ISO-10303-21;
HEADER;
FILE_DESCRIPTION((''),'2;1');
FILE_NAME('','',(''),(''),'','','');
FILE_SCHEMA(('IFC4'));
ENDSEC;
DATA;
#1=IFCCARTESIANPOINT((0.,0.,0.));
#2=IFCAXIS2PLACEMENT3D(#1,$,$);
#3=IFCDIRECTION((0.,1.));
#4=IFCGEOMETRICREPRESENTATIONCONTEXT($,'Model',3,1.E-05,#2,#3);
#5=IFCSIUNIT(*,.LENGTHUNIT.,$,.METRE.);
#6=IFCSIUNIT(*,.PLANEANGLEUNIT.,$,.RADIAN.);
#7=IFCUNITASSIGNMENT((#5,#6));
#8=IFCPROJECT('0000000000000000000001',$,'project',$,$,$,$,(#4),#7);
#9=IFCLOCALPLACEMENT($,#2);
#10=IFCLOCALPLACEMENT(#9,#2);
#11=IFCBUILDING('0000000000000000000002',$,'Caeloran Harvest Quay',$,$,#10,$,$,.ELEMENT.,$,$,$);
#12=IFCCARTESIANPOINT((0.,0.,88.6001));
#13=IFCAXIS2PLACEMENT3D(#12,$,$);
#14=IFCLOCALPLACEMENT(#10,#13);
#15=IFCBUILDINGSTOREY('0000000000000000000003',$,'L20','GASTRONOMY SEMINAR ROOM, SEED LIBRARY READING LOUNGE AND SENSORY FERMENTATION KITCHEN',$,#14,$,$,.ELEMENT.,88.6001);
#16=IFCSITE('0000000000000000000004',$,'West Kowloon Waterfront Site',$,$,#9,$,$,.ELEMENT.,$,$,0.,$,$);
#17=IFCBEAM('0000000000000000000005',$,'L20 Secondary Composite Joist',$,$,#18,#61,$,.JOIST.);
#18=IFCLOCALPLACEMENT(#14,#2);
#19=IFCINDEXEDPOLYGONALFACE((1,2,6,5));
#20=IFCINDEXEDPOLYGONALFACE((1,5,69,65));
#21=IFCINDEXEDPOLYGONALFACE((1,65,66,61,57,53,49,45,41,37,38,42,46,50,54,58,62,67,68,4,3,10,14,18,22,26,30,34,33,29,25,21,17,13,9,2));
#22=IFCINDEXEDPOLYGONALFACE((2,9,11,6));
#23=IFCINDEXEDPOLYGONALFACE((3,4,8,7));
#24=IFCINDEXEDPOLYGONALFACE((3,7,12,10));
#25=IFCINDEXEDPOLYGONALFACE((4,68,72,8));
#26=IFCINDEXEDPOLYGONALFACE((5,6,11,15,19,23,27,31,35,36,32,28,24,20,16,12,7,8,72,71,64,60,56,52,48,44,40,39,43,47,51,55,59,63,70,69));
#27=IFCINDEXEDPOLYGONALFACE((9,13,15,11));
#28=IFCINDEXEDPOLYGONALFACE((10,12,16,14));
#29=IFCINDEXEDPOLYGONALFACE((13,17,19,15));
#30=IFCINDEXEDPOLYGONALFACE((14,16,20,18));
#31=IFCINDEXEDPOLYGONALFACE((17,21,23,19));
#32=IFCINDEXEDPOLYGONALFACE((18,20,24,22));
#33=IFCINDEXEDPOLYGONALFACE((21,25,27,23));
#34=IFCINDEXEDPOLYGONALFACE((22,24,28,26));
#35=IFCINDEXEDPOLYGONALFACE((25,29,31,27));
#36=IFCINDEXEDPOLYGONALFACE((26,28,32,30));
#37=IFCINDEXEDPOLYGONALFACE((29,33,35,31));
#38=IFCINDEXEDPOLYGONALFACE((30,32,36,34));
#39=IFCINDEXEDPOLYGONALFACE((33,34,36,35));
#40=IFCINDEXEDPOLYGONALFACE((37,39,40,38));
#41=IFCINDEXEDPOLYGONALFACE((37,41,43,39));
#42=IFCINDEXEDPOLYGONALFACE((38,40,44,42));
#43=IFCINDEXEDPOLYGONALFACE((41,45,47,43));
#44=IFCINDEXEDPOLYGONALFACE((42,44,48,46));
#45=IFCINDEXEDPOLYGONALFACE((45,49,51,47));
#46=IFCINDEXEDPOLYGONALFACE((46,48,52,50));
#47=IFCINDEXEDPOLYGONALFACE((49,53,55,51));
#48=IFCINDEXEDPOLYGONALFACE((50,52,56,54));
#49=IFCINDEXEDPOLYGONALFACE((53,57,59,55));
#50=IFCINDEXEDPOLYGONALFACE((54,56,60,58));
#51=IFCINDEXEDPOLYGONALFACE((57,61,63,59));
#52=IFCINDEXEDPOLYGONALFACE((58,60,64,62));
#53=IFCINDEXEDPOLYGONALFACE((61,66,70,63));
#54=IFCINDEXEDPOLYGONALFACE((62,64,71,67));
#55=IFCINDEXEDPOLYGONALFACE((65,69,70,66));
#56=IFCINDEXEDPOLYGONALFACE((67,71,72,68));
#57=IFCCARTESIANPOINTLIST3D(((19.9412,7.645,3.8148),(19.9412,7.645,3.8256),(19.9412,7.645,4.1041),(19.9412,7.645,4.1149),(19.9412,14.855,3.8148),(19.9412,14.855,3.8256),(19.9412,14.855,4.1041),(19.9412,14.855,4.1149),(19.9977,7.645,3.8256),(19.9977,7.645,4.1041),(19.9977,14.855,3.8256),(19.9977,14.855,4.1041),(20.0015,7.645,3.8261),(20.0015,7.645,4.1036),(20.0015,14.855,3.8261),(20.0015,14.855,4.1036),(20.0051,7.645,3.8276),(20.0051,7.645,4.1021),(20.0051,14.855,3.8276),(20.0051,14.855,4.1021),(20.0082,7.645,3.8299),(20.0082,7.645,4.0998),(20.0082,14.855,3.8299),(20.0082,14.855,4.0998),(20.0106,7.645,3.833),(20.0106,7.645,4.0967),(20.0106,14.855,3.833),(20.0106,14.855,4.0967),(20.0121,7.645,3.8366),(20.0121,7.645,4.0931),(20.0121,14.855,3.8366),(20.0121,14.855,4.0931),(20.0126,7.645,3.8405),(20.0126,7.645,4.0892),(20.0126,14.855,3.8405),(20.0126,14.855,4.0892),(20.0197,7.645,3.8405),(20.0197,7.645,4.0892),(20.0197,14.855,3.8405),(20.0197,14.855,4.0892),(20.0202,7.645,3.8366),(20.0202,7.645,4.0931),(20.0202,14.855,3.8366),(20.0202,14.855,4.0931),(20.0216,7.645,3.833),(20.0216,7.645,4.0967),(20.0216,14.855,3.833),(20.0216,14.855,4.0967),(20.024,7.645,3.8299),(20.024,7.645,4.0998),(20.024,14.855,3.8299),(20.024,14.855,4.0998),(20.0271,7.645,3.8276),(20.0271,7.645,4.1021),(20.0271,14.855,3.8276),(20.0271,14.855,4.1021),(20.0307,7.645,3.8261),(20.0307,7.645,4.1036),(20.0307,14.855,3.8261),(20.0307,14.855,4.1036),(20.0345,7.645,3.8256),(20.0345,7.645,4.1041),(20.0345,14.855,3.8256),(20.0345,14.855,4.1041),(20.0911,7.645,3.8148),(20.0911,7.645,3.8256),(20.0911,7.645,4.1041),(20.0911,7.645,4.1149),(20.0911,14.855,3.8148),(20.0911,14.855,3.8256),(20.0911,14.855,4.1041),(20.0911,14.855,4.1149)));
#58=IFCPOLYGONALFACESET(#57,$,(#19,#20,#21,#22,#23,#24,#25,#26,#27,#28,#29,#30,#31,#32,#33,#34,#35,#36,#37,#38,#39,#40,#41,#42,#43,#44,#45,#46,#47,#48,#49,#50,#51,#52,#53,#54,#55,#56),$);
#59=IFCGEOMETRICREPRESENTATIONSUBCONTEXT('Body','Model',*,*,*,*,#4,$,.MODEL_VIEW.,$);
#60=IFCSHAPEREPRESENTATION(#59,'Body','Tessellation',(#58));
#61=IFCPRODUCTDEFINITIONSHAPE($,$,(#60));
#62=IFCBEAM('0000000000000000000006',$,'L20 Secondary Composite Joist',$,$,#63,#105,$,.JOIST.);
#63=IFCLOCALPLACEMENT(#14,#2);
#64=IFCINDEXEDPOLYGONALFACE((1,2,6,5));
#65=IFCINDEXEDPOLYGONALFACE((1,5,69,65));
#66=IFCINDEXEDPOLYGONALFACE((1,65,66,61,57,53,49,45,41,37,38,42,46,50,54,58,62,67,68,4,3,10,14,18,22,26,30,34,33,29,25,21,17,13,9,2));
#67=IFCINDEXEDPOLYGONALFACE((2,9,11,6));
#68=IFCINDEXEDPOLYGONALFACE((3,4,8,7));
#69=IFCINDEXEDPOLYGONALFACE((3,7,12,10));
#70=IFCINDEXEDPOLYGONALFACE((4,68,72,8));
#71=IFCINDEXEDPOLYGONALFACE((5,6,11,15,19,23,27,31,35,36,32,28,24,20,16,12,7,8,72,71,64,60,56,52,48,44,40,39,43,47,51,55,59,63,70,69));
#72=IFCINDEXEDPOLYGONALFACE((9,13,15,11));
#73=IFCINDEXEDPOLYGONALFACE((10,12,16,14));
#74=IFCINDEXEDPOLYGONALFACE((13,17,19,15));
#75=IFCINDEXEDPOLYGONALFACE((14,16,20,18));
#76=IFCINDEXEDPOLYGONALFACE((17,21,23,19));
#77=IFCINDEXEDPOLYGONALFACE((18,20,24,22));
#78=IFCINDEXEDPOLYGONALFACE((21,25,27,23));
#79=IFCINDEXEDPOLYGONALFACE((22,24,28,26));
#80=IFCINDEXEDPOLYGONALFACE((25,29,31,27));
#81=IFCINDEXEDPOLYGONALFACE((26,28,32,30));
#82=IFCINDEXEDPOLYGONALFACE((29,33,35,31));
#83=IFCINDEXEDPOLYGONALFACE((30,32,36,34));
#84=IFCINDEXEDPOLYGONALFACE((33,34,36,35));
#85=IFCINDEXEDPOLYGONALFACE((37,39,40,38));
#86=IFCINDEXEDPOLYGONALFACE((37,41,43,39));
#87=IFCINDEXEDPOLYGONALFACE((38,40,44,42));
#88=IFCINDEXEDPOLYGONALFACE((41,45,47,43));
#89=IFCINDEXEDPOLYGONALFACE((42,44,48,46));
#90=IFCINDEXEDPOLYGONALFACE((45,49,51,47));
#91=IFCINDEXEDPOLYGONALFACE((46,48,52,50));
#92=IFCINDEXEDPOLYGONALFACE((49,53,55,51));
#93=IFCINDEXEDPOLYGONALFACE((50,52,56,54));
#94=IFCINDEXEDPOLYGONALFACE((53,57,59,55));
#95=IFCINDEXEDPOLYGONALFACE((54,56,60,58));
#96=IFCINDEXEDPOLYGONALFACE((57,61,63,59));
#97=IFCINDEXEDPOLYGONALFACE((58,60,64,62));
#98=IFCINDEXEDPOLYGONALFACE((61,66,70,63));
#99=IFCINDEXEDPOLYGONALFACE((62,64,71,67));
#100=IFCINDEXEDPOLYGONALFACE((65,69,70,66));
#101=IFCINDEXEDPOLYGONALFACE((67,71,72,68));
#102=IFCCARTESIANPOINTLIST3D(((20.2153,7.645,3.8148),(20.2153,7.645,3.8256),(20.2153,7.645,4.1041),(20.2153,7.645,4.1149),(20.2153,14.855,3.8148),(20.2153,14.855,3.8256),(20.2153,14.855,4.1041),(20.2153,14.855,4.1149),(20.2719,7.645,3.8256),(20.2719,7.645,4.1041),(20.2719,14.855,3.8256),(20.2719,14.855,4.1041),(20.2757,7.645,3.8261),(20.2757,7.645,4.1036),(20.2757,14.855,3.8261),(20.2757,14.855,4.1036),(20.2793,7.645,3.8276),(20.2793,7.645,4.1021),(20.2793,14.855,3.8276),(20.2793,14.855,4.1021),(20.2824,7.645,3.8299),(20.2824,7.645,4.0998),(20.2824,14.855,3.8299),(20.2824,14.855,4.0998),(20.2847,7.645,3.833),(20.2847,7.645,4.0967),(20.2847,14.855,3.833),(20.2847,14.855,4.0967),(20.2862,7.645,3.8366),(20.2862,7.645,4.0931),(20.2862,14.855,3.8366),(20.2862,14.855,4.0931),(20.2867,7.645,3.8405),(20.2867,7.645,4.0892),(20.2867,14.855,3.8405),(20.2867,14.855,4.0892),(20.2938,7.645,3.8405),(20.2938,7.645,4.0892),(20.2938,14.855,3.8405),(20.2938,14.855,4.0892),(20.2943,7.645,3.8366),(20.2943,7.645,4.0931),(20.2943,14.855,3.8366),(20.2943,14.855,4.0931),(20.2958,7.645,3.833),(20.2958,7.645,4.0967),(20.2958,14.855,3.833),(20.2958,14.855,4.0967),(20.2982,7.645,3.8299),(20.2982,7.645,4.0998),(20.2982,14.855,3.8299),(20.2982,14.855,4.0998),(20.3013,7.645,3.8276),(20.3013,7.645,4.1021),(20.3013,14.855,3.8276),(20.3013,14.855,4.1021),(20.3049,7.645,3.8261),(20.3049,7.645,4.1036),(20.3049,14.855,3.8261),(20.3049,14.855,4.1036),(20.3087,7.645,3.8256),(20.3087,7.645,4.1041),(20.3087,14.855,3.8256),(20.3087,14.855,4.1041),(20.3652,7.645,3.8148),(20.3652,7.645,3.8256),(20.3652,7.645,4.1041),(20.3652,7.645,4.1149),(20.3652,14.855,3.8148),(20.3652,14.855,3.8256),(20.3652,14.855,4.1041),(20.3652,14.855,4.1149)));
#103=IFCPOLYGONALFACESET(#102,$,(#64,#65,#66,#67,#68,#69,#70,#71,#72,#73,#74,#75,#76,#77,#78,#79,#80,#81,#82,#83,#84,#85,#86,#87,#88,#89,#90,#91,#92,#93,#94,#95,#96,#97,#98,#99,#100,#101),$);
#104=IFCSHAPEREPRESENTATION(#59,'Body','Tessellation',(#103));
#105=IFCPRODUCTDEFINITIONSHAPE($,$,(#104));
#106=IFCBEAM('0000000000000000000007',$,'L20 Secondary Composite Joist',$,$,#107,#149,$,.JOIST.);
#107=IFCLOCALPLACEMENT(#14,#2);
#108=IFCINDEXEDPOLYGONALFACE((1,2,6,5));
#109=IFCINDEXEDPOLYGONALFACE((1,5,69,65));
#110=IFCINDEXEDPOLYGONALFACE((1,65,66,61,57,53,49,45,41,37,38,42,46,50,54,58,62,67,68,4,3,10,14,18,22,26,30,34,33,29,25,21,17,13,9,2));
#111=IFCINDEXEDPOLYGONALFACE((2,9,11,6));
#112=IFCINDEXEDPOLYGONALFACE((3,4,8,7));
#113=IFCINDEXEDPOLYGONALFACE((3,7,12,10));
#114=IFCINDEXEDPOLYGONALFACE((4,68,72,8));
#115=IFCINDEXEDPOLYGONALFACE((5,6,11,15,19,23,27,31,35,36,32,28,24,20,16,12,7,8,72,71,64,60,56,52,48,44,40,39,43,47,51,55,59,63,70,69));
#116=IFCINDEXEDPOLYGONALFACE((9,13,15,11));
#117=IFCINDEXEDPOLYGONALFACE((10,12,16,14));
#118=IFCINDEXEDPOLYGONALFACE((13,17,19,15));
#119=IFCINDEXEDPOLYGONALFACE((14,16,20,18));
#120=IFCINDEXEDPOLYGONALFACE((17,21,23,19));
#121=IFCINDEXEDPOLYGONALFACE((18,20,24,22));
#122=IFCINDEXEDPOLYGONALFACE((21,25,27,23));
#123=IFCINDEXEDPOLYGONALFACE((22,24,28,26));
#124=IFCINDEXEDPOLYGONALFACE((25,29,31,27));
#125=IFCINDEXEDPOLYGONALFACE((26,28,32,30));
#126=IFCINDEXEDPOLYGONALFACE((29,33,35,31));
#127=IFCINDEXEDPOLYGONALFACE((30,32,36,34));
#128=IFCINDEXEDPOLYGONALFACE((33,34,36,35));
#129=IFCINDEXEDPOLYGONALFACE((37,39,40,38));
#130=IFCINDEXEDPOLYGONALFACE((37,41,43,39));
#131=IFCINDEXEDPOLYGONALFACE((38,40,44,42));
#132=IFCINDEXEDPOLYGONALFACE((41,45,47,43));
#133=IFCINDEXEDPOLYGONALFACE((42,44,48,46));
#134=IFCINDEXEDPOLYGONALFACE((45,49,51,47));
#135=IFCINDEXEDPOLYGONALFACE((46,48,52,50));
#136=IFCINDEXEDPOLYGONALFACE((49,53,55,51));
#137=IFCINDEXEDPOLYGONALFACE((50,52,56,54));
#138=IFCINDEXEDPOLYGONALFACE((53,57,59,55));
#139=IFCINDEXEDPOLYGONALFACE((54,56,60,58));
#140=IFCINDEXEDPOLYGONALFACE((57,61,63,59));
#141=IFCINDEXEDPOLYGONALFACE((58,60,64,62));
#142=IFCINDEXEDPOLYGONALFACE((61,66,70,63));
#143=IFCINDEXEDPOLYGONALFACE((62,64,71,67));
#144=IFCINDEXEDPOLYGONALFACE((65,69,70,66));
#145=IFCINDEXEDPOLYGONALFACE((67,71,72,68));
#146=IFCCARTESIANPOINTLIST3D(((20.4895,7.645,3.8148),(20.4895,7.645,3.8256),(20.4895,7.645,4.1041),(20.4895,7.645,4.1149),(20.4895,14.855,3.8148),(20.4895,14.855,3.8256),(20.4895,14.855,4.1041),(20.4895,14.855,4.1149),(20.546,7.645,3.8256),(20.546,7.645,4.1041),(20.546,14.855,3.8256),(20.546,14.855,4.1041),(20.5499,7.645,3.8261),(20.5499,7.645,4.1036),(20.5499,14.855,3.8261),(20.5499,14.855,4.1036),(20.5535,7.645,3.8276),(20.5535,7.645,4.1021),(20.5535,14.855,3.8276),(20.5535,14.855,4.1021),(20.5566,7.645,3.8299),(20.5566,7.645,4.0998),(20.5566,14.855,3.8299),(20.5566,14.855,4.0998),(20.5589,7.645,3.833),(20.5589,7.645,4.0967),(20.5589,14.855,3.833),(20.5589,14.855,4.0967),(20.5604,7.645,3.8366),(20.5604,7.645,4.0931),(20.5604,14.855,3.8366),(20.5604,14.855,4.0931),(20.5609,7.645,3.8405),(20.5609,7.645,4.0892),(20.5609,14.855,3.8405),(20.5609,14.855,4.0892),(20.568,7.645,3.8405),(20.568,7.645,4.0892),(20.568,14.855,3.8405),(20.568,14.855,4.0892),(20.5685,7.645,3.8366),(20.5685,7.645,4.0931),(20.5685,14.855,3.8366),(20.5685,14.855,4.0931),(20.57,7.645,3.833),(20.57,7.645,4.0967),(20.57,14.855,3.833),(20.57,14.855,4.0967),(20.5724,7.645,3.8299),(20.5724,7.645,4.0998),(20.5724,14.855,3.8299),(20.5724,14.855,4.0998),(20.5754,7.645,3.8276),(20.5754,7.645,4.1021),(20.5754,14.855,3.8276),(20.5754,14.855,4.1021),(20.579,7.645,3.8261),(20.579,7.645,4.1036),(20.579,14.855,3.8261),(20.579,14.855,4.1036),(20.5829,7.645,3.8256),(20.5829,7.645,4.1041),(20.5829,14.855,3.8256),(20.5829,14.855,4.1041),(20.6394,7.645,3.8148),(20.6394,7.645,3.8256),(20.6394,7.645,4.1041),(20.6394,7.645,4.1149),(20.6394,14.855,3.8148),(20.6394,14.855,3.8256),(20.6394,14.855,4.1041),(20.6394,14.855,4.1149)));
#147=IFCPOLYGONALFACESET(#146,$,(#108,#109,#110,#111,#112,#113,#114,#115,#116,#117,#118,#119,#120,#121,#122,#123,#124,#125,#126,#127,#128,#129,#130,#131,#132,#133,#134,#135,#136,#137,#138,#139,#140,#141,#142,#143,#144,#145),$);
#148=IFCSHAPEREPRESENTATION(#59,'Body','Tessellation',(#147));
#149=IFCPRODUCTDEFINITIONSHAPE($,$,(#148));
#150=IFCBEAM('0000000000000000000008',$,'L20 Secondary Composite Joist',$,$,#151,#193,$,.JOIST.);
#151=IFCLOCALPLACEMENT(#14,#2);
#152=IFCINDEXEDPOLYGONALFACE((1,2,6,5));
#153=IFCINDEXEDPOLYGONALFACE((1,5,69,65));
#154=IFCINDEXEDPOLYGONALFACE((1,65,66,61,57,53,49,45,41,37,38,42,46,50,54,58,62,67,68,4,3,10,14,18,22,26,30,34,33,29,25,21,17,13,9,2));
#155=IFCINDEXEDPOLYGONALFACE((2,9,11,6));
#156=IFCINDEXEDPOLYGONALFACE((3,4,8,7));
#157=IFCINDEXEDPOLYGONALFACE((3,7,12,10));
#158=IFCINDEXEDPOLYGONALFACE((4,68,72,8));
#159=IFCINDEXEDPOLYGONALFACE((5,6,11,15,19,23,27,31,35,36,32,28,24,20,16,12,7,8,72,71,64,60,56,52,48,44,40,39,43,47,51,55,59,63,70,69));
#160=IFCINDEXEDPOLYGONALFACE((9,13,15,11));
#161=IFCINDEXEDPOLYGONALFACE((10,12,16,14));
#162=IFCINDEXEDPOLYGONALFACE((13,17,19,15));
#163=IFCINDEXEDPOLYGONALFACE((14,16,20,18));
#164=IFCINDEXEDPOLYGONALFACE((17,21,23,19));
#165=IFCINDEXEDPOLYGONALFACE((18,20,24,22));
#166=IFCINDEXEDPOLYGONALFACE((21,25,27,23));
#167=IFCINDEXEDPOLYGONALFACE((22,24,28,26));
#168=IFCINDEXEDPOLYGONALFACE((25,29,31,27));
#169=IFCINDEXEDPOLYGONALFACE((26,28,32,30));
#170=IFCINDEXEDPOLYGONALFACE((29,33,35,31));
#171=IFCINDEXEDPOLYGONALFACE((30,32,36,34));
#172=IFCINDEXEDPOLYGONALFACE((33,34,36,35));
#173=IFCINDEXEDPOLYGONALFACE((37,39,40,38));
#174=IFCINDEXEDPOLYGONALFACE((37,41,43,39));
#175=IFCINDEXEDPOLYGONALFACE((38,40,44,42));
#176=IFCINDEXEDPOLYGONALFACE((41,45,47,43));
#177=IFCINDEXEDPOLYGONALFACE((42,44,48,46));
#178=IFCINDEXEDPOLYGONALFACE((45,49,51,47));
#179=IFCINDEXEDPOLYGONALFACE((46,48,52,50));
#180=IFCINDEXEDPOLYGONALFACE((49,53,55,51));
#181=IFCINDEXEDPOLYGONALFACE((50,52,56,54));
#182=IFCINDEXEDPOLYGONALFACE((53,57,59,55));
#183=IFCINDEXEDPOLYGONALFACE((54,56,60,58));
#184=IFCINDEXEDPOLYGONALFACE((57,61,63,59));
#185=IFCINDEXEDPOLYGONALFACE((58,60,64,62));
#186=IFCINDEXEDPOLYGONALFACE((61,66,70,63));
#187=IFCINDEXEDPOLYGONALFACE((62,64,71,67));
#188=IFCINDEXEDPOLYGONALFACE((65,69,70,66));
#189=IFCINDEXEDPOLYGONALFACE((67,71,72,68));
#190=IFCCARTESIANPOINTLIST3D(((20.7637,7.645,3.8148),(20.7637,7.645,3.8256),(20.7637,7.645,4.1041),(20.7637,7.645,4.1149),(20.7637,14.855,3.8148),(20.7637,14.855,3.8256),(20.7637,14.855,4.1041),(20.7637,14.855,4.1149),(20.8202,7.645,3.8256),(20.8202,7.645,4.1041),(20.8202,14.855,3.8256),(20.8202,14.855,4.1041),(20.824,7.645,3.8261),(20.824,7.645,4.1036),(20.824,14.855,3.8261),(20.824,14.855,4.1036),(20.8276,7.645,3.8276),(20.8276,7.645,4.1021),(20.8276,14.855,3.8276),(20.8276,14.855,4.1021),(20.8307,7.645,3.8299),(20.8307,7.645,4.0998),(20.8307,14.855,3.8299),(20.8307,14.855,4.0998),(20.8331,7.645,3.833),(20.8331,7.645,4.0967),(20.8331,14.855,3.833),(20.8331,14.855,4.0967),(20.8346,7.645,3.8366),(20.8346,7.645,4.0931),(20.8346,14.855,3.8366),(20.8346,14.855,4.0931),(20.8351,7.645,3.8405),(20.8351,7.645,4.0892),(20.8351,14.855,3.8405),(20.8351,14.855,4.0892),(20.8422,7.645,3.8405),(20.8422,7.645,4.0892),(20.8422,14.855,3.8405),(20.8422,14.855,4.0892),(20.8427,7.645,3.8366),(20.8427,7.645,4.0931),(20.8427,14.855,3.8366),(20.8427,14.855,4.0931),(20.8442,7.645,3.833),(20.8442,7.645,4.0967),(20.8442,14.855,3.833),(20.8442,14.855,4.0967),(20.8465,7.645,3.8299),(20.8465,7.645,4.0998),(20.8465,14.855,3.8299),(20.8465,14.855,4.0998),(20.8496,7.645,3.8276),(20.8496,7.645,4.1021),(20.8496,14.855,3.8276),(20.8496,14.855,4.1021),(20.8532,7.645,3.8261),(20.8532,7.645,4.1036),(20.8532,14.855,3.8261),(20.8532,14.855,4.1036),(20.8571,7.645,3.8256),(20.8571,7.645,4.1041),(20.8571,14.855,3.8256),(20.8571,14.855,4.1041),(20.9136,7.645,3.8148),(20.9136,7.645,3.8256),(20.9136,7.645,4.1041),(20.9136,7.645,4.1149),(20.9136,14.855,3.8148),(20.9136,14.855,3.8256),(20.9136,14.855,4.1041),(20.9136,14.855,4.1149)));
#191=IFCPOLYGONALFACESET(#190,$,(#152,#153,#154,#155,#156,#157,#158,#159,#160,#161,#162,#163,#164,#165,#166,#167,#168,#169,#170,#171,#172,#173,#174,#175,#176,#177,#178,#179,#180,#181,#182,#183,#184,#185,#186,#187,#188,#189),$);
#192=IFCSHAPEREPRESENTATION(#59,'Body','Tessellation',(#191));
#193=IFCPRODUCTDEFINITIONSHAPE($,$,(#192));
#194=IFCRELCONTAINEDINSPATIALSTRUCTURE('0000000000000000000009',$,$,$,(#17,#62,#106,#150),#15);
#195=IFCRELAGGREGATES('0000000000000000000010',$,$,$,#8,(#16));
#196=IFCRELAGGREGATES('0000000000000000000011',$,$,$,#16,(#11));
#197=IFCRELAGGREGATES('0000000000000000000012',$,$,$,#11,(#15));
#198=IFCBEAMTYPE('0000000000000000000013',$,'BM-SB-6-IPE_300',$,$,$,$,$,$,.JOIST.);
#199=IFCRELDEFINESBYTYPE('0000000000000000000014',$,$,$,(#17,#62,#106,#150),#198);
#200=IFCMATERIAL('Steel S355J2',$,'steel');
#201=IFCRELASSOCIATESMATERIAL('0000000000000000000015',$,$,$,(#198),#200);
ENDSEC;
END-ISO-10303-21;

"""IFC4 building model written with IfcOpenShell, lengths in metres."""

from ifc_helpers import new_model, si_unit, direction, frame, origin, origin_2d, place, context, subcontext, project, spatial, i_section, extrude, material, material_profile, profile_set, type_object, element, save


model = new_model("IFC4")

# Units and contexts
model_context = context("Model", 3, precision=1e-05, world=origin(), true_north=direction((0.0, 1.0)))
body_context = subcontext(model_context, "Body", "Model", "MODEL_VIEW")
ifc_project = project(units=[si_unit("LENGTHUNIT", "METRE"), si_unit("PLANEANGLEUNIT", "RADIAN")], contexts=[model_context])

# Site, building, storey
site_placement = place(None, origin())
site = spatial("IfcSite", under=ifc_project, at=site_placement, Name="West Kowloon Waterfront Site", CompositionType="ELEMENT", RefElevation=0.0)
building_placement = place(site_placement, origin())
building = spatial("IfcBuilding", under=site, at=building_placement, Name="Caeloran Harvest Quay", CompositionType="ELEMENT")
storey_placement = place(building_placement, frame((0.0, 0.0, 88.6001)))
storey = spatial("IfcBuildingStorey", under=building, at=storey_placement, Name="L20", Description="GASTRONOMY SEMINAR ROOM, SEED LIBRARY READING LOUNGE AND SENSORY FERMENTATION KITCHEN", CompositionType="ELEMENT", Elevation=88.6001)

# Beams
ifc_material_1 = material(Name="Steel S355J2", Category="steel")
ifc_material_profile_1 = material_profile(ifc_material_1, i_section(OverallWidth=0.1499, OverallDepth=0.3, WebThickness=0.0071, FlangeThickness=0.0107, FilletRadius=0.0149, at=origin_2d()), Name="IPE 300")
ifc_profile_set_1 = profile_set([ifc_material_profile_1], Name="Steel S355J2")
beam_type_1 = type_object("IfcBeamType", Name="BM-SB-6-IPE_300", PredefinedType="JOIST", material=ifc_profile_set_1)
for number, where, z_axis, x_axis, name in (
    (1, (20.0161, 7.645, 3.9648), (0.0, 1.0, 0.0), (-1.0, 0.0, 0.0), "L20 Secondary Composite Joist"),
    (2, (20.2903, 7.645, 3.9648), (0.0, 1.0, 0.0), (-1.0, 0.0, 0.0), "L20 Secondary Composite Joist"),
    (3, (20.5645, 7.645, 3.9648), (0.0, 1.0, 0.0), (-1.0, 0.0, 0.0), "L20 Secondary Composite Joist"),
    (4, (20.8386, 7.645, 3.9648), (0.0, 1.0, 0.0), (-1.0, 0.0, 0.0), "L20 Secondary Composite Joist"),
):
    element("IfcBeam", number, at=place(storey_placement, frame(where, z_axis=z_axis, x_axis=x_axis)), inside=storey, type_object=beam_type_1, Name=name, PredefinedType="JOIST", context=body_context, shape_type="SweptSolid", body=[
        extrude(i_section(OverallWidth=0.1499, OverallDepth=0.3, WebThickness=0.0071, FlangeThickness=0.0107, FilletRadius=0.0149, at=origin_2d()), origin(), (0.0, 0.0, 1.0), 7.21),
    ])

save(model, "model.ifc")
